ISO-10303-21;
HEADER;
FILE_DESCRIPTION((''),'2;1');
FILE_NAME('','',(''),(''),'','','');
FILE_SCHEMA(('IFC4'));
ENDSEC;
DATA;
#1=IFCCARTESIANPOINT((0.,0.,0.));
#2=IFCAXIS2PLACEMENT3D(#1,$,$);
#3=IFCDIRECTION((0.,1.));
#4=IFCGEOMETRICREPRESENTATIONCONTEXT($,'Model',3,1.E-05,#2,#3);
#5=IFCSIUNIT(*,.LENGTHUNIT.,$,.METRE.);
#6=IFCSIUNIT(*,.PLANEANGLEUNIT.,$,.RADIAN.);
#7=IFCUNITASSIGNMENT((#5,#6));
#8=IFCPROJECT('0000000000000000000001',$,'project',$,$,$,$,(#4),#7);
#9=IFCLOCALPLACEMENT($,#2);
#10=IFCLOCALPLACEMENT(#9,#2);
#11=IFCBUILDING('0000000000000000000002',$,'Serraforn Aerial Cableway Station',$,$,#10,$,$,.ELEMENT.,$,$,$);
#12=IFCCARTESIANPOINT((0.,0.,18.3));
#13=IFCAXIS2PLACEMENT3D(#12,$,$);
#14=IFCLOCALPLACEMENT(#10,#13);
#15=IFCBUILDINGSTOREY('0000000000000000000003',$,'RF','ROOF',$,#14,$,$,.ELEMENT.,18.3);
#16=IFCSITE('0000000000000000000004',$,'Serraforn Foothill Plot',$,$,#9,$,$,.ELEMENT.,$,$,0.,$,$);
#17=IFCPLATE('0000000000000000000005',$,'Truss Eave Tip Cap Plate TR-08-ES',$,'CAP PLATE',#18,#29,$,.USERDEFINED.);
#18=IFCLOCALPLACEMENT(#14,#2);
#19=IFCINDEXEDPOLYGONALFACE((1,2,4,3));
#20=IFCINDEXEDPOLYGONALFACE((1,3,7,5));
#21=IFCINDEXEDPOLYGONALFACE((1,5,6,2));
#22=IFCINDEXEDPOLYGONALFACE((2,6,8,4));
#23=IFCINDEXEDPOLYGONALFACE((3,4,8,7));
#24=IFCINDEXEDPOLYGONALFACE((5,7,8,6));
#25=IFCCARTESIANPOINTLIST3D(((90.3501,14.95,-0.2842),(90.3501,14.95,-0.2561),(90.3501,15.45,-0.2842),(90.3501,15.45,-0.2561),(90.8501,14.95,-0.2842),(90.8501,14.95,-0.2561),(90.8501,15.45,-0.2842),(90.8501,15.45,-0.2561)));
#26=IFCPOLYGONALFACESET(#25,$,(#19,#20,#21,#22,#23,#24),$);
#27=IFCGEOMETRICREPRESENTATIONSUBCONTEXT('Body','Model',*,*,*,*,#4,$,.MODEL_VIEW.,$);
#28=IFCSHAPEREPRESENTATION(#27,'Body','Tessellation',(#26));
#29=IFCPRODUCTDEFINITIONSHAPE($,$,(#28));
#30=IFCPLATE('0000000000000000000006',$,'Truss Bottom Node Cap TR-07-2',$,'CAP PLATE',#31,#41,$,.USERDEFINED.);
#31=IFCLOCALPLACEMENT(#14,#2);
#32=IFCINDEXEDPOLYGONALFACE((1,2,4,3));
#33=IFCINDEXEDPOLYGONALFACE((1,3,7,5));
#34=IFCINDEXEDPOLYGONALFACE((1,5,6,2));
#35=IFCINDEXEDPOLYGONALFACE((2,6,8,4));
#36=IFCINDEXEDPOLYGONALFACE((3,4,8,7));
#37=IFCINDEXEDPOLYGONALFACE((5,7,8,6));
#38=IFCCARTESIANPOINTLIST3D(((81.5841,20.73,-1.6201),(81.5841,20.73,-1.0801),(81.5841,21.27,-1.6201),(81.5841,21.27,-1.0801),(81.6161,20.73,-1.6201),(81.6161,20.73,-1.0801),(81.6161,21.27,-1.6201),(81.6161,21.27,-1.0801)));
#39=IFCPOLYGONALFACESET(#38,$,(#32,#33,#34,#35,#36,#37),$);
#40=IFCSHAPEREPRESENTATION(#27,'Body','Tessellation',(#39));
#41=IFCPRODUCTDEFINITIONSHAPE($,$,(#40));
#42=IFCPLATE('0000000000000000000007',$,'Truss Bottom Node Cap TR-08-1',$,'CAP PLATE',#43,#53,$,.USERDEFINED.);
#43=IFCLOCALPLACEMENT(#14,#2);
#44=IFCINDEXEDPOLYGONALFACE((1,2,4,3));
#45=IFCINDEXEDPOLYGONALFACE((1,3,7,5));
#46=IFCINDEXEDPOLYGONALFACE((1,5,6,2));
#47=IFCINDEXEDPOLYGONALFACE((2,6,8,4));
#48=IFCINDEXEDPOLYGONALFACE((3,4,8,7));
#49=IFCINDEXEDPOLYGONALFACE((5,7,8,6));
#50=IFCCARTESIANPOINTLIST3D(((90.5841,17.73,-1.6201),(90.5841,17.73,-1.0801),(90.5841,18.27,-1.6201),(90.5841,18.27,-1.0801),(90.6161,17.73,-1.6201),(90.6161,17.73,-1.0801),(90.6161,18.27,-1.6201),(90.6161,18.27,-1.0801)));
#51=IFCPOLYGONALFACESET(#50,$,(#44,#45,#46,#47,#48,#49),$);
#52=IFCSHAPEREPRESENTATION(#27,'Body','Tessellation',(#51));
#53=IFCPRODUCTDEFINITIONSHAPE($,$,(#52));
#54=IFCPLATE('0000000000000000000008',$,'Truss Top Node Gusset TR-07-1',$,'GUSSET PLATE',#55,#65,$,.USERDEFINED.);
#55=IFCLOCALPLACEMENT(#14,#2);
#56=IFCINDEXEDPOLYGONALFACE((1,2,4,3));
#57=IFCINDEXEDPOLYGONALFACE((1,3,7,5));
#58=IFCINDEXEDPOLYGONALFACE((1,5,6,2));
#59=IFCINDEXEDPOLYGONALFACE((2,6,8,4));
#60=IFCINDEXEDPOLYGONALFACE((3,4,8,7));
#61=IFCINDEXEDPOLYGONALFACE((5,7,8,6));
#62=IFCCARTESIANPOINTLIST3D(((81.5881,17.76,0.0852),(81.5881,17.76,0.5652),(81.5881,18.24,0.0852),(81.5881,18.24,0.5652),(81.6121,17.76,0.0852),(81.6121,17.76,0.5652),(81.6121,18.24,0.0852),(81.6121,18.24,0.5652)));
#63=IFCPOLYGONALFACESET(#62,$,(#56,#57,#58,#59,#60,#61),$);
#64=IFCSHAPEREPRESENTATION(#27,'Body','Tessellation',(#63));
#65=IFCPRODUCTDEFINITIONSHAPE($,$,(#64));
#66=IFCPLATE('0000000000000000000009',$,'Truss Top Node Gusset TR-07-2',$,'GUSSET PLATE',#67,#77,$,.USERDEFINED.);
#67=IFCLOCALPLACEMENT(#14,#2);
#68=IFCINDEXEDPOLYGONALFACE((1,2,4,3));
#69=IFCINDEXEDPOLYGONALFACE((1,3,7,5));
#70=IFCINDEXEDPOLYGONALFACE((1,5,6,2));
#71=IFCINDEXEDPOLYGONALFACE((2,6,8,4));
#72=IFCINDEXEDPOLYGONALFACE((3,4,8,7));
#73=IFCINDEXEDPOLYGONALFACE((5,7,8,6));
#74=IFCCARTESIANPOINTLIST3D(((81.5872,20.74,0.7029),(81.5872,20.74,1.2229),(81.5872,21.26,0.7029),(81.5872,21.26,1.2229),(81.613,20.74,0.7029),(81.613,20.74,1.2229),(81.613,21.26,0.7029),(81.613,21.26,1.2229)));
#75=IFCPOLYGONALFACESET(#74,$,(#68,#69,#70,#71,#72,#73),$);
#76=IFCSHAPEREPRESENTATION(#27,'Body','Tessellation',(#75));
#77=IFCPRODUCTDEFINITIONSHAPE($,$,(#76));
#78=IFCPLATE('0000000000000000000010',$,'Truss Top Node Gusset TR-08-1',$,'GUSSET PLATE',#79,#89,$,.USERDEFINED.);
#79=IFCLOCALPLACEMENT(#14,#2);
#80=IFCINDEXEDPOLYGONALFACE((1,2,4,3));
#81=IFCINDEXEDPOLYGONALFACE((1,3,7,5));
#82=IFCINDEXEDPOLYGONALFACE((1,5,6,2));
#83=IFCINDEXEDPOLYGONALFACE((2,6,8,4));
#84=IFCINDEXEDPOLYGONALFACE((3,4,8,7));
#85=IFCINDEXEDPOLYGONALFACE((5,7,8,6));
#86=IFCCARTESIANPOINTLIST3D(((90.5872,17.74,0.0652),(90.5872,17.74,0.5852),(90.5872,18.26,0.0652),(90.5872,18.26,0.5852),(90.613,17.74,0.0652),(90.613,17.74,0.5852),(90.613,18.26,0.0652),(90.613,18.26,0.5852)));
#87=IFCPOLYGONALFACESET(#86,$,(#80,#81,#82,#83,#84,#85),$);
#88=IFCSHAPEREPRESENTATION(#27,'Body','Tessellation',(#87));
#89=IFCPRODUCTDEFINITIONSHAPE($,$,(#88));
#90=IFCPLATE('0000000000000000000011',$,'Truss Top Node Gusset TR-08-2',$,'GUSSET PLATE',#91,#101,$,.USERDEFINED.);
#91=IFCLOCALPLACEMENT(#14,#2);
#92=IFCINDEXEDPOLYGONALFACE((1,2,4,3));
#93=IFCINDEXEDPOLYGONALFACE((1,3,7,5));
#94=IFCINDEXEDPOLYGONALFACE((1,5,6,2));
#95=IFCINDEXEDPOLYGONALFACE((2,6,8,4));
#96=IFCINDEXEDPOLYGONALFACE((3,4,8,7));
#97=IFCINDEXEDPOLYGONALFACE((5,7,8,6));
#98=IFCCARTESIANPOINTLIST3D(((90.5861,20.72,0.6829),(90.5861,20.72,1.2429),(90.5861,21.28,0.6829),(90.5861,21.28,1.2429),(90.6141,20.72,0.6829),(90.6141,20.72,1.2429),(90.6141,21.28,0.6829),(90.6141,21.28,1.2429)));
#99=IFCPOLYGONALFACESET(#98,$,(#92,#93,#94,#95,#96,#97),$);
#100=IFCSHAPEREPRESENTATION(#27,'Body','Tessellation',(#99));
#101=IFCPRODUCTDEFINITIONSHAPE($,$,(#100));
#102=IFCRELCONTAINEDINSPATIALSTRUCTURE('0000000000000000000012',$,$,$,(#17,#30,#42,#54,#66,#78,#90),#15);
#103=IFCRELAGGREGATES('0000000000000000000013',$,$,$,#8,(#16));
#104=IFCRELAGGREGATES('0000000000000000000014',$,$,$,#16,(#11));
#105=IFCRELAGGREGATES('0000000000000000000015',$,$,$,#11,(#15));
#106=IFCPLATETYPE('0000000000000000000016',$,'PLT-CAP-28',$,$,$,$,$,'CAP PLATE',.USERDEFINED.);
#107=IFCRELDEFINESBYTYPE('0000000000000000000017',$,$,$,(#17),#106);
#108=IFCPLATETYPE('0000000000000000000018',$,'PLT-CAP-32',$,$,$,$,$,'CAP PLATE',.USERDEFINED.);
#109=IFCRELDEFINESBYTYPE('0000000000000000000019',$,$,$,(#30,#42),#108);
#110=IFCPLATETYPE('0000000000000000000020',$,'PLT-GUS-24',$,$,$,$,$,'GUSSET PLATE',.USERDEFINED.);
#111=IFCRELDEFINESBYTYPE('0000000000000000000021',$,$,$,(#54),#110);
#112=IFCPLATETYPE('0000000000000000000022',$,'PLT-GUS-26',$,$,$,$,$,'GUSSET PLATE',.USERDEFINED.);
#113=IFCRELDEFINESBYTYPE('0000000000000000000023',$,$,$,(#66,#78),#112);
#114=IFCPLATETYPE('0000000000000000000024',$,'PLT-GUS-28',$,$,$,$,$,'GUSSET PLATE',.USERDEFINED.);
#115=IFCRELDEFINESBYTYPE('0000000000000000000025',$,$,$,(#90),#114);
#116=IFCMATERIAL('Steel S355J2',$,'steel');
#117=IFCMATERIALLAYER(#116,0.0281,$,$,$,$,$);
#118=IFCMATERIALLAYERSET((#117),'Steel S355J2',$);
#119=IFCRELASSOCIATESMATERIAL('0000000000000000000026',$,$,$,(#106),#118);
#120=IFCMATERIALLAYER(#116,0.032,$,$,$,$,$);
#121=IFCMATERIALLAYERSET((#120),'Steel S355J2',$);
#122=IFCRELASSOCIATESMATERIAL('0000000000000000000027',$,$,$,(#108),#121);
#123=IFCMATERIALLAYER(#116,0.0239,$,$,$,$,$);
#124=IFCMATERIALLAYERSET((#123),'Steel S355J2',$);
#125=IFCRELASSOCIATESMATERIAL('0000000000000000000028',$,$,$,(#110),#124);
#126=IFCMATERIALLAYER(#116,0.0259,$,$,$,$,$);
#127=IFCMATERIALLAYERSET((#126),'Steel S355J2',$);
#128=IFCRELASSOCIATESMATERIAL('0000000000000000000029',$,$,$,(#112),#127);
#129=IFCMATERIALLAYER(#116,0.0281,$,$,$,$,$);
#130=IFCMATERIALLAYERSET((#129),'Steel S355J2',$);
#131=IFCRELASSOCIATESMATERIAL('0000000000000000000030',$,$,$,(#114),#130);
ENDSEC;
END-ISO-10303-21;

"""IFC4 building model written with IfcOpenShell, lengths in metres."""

from ifc_helpers import new_model, si_unit, direction, frame, origin, origin_2d, place, context, subcontext, project, spatial, rectangle, extrude, material, layer, layer_set, type_object, element, save


model = new_model("IFC4")

# Units and contexts
model_context = context("Model", 3, precision=1e-05, world=origin(), true_north=direction((0.0, 1.0)))
body_context = subcontext(model_context, "Body", "Model", "MODEL_VIEW")
ifc_project = project(units=[si_unit("LENGTHUNIT", "METRE"), si_unit("PLANEANGLEUNIT", "RADIAN")], contexts=[model_context])

# Site, building, storey
site_placement = place(None, origin())
site = spatial("IfcSite", under=ifc_project, at=site_placement, Name="Serraforn Foothill Plot", CompositionType="ELEMENT", RefElevation=0.0)
building_placement = place(site_placement, origin())
building = spatial("IfcBuilding", under=site, at=building_placement, Name="Serraforn Aerial Cableway Station", CompositionType="ELEMENT")
storey_placement = place(building_placement, frame((0.0, 0.0, 18.3)))
storey = spatial("IfcBuildingStorey", under=building, at=storey_placement, Name="RF", Description="ROOF", CompositionType="ELEMENT", Elevation=18.3)

# Shared definitions
ifc_material_1 = material(Name="Steel S355J2", Category="steel")

# Plates
ifc_layer_1 = layer(ifc_material_1, 0.0281)
ifc_layer_set_1 = layer_set([ifc_layer_1], Name="Steel S355J2")
plate_type_1 = type_object("IfcPlateType", Name="PLT-CAP-28", ElementType="CAP PLATE", PredefinedType="USERDEFINED", material=ifc_layer_set_1)
plate_1_placement = place(storey_placement, frame((90.6001, 15.2, -0.2842), z_axis=(0.0, 0.0, 1.0), x_axis=(1.0, 0.0, 0.0)))
element("IfcPlate", 1, at=plate_1_placement, inside=storey, type_object=plate_type_1, Name="Truss Eave Tip Cap Plate TR-08-ES", ObjectType="CAP PLATE", PredefinedType="USERDEFINED", context=body_context, shape_type="SweptSolid", body=[
    extrude(rectangle(XDim=0.5, YDim=0.5, at=origin_2d()), origin(), (0.0, 0.0, 1.0), 0.0281),
])
ifc_layer_2 = layer(ifc_material_1, 0.032)
ifc_layer_set_2 = layer_set([ifc_layer_2], Name="Steel S355J2")
plate_type_2 = type_object("IfcPlateType", Name="PLT-CAP-32", ElementType="CAP PLATE", PredefinedType="USERDEFINED", material=ifc_layer_set_2)
for number, where, z_axis, x_axis, name in (
    (2, (81.6001, 21.0, -1.6201), (0.0, 0.0, 1.0), (1.0, 0.0, 0.0), "Truss Bottom Node Cap TR-07-2"),
    (3, (90.6001, 18.0, -1.6201), (0.0, 0.0, 1.0), (1.0, 0.0, 0.0), "Truss Bottom Node Cap TR-08-1"),
):
    element("IfcPlate", number, at=place(storey_placement, frame(where, z_axis=z_axis, x_axis=x_axis)), inside=storey, type_object=plate_type_2, Name=name, ObjectType="CAP PLATE", PredefinedType="USERDEFINED", context=body_context, shape_type="SweptSolid", body=[
        extrude(rectangle(XDim=0.032, YDim=0.54, at=origin_2d()), origin(), (0.0, 0.0, 1.0), 0.54),
    ])
ifc_layer_3 = layer(ifc_material_1, 0.0239)
ifc_layer_set_3 = layer_set([ifc_layer_3], Name="Steel S355J2")
plate_type_3 = type_object("IfcPlateType", Name="PLT-GUS-24", ElementType="GUSSET PLATE", PredefinedType="USERDEFINED", material=ifc_layer_set_3)
plate_2_placement = place(storey_placement, frame((81.6001, 18.0, 0.0852), z_axis=(0.0, 0.0, 1.0), x_axis=(1.0, 0.0, 0.0)))
element("IfcPlate", 4, at=plate_2_placement, inside=storey, type_object=plate_type_3, Name="Truss Top Node Gusset TR-07-1", ObjectType="GUSSET PLATE", PredefinedType="USERDEFINED", context=body_context, shape_type="SweptSolid", body=[
    extrude(rectangle(XDim=0.0239, YDim=0.48, at=origin_2d()), origin(), (0.0, 0.0, 1.0), 0.48),
])
ifc_layer_4 = layer(ifc_material_1, 0.0259)
ifc_layer_set_4 = layer_set([ifc_layer_4], Name="Steel S355J2")
plate_type_4 = type_object("IfcPlateType", Name="PLT-GUS-26", ElementType="GUSSET PLATE", PredefinedType="USERDEFINED", material=ifc_layer_set_4)
for number, where, z_axis, x_axis, name in (
    (5, (81.6001, 21.0, 0.7029), (0.0, 0.0, 1.0), (1.0, 0.0, 0.0), "Truss Top Node Gusset TR-07-2"),
    (6, (90.6001, 18.0, 0.0652), (0.0, 0.0, 1.0), (1.0, 0.0, 0.0), "Truss Top Node Gusset TR-08-1"),
):
    element("IfcPlate", number, at=place(storey_placement, frame(where, z_axis=z_axis, x_axis=x_axis)), inside=storey, type_object=plate_type_4, Name=name, ObjectType="GUSSET PLATE", PredefinedType="USERDEFINED", context=body_context, shape_type="SweptSolid", body=[
        extrude(rectangle(XDim=0.0259, YDim=0.52, at=origin_2d()), origin(), (0.0, 0.0, 1.0), 0.52),
    ])
ifc_layer_5 = layer(ifc_material_1, 0.0281)
ifc_layer_set_5 = layer_set([ifc_layer_5], Name="Steel S355J2")
plate_type_5 = type_object("IfcPlateType", Name="PLT-GUS-28", ElementType="GUSSET PLATE", PredefinedType="USERDEFINED", material=ifc_layer_set_5)
plate_3_placement = place(storey_placement, frame((90.6001, 21.0, 0.6829), z_axis=(0.0, 0.0, 1.0), x_axis=(1.0, 0.0, 0.0)))
element("IfcPlate", 7, at=plate_3_placement, inside=storey, type_object=plate_type_5, Name="Truss Top Node Gusset TR-08-2", ObjectType="GUSSET PLATE", PredefinedType="USERDEFINED", context=body_context, shape_type="SweptSolid", body=[
    extrude(rectangle(XDim=0.0281, YDim=0.5601, at=origin_2d()), origin(), (0.0, 0.0, 1.0), 0.5601),
])

save(model, "model.ifc")
